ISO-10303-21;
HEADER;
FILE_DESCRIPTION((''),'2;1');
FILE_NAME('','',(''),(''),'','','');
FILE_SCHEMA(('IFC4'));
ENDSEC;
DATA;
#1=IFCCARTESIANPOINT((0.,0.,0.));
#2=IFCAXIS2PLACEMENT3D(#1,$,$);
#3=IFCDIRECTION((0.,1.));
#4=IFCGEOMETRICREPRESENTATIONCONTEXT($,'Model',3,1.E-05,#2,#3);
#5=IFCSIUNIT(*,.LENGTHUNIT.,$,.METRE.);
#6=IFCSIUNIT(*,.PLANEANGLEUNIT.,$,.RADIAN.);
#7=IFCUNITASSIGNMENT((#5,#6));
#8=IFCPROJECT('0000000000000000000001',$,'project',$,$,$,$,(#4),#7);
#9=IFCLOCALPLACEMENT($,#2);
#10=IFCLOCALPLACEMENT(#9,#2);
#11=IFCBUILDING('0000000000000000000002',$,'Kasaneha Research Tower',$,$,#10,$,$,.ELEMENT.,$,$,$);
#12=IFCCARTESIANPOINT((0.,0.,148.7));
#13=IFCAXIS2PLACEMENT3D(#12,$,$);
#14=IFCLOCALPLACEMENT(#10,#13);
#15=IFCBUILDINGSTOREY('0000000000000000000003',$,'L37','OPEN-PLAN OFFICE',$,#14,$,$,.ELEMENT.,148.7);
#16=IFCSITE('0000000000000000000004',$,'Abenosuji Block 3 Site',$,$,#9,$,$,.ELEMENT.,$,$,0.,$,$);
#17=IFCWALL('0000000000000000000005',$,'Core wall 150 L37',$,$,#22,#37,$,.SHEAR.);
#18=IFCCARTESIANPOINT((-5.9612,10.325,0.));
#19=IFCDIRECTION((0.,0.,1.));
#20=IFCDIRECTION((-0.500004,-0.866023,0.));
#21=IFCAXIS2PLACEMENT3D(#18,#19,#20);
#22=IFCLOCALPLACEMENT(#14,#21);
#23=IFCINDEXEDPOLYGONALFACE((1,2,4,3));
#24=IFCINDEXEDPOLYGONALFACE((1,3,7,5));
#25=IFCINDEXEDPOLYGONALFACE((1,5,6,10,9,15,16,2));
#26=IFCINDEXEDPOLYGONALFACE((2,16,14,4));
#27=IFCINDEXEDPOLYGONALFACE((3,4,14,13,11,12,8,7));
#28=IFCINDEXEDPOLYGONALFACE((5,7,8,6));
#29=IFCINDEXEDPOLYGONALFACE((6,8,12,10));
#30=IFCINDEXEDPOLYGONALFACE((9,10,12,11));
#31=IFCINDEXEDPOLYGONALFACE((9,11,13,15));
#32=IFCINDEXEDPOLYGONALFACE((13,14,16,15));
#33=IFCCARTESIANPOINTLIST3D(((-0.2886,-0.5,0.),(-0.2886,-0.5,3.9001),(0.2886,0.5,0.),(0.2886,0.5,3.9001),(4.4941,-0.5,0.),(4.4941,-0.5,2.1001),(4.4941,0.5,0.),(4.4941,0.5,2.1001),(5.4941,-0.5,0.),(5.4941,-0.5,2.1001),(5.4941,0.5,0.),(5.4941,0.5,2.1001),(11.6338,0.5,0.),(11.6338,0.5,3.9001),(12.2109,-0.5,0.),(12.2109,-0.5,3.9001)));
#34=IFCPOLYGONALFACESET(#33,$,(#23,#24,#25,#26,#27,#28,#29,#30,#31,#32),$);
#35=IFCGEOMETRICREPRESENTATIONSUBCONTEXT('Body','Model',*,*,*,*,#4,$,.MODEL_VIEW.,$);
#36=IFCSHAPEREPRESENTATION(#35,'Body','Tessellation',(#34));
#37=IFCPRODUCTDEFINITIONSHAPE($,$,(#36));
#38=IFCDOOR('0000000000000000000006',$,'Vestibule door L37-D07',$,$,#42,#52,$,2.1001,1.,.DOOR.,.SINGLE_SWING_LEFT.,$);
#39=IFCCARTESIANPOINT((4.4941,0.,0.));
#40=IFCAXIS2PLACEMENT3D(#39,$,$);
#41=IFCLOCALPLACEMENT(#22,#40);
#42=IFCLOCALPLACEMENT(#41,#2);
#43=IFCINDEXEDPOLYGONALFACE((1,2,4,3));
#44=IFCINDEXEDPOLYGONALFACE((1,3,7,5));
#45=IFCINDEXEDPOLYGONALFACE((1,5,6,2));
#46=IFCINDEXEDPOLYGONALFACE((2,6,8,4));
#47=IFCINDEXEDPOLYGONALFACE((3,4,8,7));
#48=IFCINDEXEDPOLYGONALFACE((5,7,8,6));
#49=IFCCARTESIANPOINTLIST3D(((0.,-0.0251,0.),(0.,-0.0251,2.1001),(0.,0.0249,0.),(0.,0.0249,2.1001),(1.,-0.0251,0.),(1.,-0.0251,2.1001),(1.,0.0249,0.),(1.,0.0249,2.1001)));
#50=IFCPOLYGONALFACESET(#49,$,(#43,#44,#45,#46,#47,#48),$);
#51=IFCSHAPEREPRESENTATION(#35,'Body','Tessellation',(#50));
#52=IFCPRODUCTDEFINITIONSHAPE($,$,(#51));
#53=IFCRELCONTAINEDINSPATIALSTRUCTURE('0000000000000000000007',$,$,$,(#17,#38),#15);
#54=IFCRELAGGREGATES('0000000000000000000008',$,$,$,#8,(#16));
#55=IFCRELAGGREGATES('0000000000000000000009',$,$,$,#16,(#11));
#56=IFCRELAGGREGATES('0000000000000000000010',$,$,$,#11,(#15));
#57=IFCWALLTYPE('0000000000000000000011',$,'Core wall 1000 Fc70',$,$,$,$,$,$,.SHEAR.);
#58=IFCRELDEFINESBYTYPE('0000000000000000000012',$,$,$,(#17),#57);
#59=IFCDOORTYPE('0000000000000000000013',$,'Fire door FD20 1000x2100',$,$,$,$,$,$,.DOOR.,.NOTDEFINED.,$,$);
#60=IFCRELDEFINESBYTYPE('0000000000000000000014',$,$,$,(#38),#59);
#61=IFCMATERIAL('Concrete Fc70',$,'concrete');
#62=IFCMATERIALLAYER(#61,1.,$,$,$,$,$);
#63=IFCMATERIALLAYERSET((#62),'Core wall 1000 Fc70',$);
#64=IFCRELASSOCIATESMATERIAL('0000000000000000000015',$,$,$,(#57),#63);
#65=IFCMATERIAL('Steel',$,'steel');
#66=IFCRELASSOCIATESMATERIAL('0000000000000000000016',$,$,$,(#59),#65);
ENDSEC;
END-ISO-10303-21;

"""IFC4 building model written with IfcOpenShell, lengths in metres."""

from ifc_helpers import new_model, si_unit, direction, frame, frame_2d, origin, place, context, subcontext, project, spatial, polyline, rectangle, outline, extrude, material, layer, layer_set, type_object, element, fill, save


model = new_model("IFC4")

# Units and contexts
model_context = context("Model", 3, precision=1e-05, world=origin(), true_north=direction((0.0, 1.0)))
body_context = subcontext(model_context, "Body", "Model", "MODEL_VIEW")
ifc_project = project(units=[si_unit("LENGTHUNIT", "METRE"), si_unit("PLANEANGLEUNIT", "RADIAN")], contexts=[model_context])

# Site, building, storey
site_placement = place(None, origin())
site = spatial("IfcSite", under=ifc_project, at=site_placement, Name="Abenosuji Block 3 Site", CompositionType="ELEMENT", RefElevation=0.0)
building_placement = place(site_placement, origin())
building = spatial("IfcBuilding", under=site, at=building_placement, Name="Kasaneha Research Tower", CompositionType="ELEMENT")
storey_placement = place(building_placement, frame((0.0, 0.0, 148.7)))
storey = spatial("IfcBuildingStorey", under=building, at=storey_placement, Name="L37", Description="OPEN-PLAN OFFICE", CompositionType="ELEMENT", Elevation=148.7)

# Wall, opening, door
ifc_material_1 = material(Name="Concrete Fc70", Category="concrete")
ifc_layer_1 = layer(ifc_material_1, 1.0)
ifc_layer_set_1 = layer_set([ifc_layer_1], Name="Core wall 1000 Fc70")
wall_type_1 = type_object("IfcWallType", Name="Core wall 1000 Fc70", PredefinedType="SHEAR", material=ifc_layer_set_1)
wall_1_placement = place(storey_placement, frame((-5.9612, 10.325, 0.0), z_axis=(0.0, 0.0, 1.0), x_axis=(-0.500004, -0.866023, 0.0)))
wall_1 = element("IfcWall", 1, at=wall_1_placement, inside=storey, type_object=wall_type_1, Name="Core wall 150 L37", PredefinedType="SHEAR", context=body_context, shape_type="SweptSolid", body=[
    extrude(outline(polyline([(-0.2886, -0.5), (4.4941, -0.5), (5.4941, -0.5), (12.2109, -0.5), (11.6338, 0.5), (5.4941, 0.5), (4.4941, 0.5), (0.2886, 0.5), (-0.2886, -0.5)])), origin(), (0.0, 0.0, 1.0), 3.9001),
])
opening_1_placement = place(wall_1_placement, frame((4.4941, 0.0, 0.0)))
opening_1 = element("IfcOpeningElement", 2, at=opening_1_placement, cuts=wall_1, PredefinedType="OPENING", context=body_context, shape_type="SweptSolid", body=[
    extrude(rectangle(XDim=1.0, YDim=2.1001, at=frame_2d((0.5, 1.05))), frame((0.0, 0.51, 0.0), z_axis=(0.0, -1.0, 0.0), x_axis=(1.0, 0.0, 0.0)), (0.0, 0.0, 1.0), 1.02),
])
ifc_material_2 = material(Name="Steel", Category="steel")
door_type_1 = type_object("IfcDoorType", Name="Fire door FD20 1000x2100", OperationType="NOTDEFINED", PredefinedType="DOOR", material=ifc_material_2)
door_1_placement = place(opening_1_placement, origin())
door_1 = element("IfcDoor", 3, at=door_1_placement, inside=storey, type_object=door_type_1, Name="Vestibule door L37-D07", OperationType="SINGLE_SWING_LEFT", OverallHeight=2.1001, OverallWidth=1.0, PredefinedType="DOOR", context=body_context, shape_type="SweptSolid", body=[
    extrude(rectangle(XDim=1.0, YDim=2.1001, at=frame_2d((0.5, 1.05))), frame((0.0, 0.0249, 0.0), z_axis=(0.0, -1.0, 0.0), x_axis=(1.0, 0.0, 0.0)), (0.0, 0.0, 1.0), 0.05),
])
fill(opening_1, door_1)

save(model, "model.ifc")
